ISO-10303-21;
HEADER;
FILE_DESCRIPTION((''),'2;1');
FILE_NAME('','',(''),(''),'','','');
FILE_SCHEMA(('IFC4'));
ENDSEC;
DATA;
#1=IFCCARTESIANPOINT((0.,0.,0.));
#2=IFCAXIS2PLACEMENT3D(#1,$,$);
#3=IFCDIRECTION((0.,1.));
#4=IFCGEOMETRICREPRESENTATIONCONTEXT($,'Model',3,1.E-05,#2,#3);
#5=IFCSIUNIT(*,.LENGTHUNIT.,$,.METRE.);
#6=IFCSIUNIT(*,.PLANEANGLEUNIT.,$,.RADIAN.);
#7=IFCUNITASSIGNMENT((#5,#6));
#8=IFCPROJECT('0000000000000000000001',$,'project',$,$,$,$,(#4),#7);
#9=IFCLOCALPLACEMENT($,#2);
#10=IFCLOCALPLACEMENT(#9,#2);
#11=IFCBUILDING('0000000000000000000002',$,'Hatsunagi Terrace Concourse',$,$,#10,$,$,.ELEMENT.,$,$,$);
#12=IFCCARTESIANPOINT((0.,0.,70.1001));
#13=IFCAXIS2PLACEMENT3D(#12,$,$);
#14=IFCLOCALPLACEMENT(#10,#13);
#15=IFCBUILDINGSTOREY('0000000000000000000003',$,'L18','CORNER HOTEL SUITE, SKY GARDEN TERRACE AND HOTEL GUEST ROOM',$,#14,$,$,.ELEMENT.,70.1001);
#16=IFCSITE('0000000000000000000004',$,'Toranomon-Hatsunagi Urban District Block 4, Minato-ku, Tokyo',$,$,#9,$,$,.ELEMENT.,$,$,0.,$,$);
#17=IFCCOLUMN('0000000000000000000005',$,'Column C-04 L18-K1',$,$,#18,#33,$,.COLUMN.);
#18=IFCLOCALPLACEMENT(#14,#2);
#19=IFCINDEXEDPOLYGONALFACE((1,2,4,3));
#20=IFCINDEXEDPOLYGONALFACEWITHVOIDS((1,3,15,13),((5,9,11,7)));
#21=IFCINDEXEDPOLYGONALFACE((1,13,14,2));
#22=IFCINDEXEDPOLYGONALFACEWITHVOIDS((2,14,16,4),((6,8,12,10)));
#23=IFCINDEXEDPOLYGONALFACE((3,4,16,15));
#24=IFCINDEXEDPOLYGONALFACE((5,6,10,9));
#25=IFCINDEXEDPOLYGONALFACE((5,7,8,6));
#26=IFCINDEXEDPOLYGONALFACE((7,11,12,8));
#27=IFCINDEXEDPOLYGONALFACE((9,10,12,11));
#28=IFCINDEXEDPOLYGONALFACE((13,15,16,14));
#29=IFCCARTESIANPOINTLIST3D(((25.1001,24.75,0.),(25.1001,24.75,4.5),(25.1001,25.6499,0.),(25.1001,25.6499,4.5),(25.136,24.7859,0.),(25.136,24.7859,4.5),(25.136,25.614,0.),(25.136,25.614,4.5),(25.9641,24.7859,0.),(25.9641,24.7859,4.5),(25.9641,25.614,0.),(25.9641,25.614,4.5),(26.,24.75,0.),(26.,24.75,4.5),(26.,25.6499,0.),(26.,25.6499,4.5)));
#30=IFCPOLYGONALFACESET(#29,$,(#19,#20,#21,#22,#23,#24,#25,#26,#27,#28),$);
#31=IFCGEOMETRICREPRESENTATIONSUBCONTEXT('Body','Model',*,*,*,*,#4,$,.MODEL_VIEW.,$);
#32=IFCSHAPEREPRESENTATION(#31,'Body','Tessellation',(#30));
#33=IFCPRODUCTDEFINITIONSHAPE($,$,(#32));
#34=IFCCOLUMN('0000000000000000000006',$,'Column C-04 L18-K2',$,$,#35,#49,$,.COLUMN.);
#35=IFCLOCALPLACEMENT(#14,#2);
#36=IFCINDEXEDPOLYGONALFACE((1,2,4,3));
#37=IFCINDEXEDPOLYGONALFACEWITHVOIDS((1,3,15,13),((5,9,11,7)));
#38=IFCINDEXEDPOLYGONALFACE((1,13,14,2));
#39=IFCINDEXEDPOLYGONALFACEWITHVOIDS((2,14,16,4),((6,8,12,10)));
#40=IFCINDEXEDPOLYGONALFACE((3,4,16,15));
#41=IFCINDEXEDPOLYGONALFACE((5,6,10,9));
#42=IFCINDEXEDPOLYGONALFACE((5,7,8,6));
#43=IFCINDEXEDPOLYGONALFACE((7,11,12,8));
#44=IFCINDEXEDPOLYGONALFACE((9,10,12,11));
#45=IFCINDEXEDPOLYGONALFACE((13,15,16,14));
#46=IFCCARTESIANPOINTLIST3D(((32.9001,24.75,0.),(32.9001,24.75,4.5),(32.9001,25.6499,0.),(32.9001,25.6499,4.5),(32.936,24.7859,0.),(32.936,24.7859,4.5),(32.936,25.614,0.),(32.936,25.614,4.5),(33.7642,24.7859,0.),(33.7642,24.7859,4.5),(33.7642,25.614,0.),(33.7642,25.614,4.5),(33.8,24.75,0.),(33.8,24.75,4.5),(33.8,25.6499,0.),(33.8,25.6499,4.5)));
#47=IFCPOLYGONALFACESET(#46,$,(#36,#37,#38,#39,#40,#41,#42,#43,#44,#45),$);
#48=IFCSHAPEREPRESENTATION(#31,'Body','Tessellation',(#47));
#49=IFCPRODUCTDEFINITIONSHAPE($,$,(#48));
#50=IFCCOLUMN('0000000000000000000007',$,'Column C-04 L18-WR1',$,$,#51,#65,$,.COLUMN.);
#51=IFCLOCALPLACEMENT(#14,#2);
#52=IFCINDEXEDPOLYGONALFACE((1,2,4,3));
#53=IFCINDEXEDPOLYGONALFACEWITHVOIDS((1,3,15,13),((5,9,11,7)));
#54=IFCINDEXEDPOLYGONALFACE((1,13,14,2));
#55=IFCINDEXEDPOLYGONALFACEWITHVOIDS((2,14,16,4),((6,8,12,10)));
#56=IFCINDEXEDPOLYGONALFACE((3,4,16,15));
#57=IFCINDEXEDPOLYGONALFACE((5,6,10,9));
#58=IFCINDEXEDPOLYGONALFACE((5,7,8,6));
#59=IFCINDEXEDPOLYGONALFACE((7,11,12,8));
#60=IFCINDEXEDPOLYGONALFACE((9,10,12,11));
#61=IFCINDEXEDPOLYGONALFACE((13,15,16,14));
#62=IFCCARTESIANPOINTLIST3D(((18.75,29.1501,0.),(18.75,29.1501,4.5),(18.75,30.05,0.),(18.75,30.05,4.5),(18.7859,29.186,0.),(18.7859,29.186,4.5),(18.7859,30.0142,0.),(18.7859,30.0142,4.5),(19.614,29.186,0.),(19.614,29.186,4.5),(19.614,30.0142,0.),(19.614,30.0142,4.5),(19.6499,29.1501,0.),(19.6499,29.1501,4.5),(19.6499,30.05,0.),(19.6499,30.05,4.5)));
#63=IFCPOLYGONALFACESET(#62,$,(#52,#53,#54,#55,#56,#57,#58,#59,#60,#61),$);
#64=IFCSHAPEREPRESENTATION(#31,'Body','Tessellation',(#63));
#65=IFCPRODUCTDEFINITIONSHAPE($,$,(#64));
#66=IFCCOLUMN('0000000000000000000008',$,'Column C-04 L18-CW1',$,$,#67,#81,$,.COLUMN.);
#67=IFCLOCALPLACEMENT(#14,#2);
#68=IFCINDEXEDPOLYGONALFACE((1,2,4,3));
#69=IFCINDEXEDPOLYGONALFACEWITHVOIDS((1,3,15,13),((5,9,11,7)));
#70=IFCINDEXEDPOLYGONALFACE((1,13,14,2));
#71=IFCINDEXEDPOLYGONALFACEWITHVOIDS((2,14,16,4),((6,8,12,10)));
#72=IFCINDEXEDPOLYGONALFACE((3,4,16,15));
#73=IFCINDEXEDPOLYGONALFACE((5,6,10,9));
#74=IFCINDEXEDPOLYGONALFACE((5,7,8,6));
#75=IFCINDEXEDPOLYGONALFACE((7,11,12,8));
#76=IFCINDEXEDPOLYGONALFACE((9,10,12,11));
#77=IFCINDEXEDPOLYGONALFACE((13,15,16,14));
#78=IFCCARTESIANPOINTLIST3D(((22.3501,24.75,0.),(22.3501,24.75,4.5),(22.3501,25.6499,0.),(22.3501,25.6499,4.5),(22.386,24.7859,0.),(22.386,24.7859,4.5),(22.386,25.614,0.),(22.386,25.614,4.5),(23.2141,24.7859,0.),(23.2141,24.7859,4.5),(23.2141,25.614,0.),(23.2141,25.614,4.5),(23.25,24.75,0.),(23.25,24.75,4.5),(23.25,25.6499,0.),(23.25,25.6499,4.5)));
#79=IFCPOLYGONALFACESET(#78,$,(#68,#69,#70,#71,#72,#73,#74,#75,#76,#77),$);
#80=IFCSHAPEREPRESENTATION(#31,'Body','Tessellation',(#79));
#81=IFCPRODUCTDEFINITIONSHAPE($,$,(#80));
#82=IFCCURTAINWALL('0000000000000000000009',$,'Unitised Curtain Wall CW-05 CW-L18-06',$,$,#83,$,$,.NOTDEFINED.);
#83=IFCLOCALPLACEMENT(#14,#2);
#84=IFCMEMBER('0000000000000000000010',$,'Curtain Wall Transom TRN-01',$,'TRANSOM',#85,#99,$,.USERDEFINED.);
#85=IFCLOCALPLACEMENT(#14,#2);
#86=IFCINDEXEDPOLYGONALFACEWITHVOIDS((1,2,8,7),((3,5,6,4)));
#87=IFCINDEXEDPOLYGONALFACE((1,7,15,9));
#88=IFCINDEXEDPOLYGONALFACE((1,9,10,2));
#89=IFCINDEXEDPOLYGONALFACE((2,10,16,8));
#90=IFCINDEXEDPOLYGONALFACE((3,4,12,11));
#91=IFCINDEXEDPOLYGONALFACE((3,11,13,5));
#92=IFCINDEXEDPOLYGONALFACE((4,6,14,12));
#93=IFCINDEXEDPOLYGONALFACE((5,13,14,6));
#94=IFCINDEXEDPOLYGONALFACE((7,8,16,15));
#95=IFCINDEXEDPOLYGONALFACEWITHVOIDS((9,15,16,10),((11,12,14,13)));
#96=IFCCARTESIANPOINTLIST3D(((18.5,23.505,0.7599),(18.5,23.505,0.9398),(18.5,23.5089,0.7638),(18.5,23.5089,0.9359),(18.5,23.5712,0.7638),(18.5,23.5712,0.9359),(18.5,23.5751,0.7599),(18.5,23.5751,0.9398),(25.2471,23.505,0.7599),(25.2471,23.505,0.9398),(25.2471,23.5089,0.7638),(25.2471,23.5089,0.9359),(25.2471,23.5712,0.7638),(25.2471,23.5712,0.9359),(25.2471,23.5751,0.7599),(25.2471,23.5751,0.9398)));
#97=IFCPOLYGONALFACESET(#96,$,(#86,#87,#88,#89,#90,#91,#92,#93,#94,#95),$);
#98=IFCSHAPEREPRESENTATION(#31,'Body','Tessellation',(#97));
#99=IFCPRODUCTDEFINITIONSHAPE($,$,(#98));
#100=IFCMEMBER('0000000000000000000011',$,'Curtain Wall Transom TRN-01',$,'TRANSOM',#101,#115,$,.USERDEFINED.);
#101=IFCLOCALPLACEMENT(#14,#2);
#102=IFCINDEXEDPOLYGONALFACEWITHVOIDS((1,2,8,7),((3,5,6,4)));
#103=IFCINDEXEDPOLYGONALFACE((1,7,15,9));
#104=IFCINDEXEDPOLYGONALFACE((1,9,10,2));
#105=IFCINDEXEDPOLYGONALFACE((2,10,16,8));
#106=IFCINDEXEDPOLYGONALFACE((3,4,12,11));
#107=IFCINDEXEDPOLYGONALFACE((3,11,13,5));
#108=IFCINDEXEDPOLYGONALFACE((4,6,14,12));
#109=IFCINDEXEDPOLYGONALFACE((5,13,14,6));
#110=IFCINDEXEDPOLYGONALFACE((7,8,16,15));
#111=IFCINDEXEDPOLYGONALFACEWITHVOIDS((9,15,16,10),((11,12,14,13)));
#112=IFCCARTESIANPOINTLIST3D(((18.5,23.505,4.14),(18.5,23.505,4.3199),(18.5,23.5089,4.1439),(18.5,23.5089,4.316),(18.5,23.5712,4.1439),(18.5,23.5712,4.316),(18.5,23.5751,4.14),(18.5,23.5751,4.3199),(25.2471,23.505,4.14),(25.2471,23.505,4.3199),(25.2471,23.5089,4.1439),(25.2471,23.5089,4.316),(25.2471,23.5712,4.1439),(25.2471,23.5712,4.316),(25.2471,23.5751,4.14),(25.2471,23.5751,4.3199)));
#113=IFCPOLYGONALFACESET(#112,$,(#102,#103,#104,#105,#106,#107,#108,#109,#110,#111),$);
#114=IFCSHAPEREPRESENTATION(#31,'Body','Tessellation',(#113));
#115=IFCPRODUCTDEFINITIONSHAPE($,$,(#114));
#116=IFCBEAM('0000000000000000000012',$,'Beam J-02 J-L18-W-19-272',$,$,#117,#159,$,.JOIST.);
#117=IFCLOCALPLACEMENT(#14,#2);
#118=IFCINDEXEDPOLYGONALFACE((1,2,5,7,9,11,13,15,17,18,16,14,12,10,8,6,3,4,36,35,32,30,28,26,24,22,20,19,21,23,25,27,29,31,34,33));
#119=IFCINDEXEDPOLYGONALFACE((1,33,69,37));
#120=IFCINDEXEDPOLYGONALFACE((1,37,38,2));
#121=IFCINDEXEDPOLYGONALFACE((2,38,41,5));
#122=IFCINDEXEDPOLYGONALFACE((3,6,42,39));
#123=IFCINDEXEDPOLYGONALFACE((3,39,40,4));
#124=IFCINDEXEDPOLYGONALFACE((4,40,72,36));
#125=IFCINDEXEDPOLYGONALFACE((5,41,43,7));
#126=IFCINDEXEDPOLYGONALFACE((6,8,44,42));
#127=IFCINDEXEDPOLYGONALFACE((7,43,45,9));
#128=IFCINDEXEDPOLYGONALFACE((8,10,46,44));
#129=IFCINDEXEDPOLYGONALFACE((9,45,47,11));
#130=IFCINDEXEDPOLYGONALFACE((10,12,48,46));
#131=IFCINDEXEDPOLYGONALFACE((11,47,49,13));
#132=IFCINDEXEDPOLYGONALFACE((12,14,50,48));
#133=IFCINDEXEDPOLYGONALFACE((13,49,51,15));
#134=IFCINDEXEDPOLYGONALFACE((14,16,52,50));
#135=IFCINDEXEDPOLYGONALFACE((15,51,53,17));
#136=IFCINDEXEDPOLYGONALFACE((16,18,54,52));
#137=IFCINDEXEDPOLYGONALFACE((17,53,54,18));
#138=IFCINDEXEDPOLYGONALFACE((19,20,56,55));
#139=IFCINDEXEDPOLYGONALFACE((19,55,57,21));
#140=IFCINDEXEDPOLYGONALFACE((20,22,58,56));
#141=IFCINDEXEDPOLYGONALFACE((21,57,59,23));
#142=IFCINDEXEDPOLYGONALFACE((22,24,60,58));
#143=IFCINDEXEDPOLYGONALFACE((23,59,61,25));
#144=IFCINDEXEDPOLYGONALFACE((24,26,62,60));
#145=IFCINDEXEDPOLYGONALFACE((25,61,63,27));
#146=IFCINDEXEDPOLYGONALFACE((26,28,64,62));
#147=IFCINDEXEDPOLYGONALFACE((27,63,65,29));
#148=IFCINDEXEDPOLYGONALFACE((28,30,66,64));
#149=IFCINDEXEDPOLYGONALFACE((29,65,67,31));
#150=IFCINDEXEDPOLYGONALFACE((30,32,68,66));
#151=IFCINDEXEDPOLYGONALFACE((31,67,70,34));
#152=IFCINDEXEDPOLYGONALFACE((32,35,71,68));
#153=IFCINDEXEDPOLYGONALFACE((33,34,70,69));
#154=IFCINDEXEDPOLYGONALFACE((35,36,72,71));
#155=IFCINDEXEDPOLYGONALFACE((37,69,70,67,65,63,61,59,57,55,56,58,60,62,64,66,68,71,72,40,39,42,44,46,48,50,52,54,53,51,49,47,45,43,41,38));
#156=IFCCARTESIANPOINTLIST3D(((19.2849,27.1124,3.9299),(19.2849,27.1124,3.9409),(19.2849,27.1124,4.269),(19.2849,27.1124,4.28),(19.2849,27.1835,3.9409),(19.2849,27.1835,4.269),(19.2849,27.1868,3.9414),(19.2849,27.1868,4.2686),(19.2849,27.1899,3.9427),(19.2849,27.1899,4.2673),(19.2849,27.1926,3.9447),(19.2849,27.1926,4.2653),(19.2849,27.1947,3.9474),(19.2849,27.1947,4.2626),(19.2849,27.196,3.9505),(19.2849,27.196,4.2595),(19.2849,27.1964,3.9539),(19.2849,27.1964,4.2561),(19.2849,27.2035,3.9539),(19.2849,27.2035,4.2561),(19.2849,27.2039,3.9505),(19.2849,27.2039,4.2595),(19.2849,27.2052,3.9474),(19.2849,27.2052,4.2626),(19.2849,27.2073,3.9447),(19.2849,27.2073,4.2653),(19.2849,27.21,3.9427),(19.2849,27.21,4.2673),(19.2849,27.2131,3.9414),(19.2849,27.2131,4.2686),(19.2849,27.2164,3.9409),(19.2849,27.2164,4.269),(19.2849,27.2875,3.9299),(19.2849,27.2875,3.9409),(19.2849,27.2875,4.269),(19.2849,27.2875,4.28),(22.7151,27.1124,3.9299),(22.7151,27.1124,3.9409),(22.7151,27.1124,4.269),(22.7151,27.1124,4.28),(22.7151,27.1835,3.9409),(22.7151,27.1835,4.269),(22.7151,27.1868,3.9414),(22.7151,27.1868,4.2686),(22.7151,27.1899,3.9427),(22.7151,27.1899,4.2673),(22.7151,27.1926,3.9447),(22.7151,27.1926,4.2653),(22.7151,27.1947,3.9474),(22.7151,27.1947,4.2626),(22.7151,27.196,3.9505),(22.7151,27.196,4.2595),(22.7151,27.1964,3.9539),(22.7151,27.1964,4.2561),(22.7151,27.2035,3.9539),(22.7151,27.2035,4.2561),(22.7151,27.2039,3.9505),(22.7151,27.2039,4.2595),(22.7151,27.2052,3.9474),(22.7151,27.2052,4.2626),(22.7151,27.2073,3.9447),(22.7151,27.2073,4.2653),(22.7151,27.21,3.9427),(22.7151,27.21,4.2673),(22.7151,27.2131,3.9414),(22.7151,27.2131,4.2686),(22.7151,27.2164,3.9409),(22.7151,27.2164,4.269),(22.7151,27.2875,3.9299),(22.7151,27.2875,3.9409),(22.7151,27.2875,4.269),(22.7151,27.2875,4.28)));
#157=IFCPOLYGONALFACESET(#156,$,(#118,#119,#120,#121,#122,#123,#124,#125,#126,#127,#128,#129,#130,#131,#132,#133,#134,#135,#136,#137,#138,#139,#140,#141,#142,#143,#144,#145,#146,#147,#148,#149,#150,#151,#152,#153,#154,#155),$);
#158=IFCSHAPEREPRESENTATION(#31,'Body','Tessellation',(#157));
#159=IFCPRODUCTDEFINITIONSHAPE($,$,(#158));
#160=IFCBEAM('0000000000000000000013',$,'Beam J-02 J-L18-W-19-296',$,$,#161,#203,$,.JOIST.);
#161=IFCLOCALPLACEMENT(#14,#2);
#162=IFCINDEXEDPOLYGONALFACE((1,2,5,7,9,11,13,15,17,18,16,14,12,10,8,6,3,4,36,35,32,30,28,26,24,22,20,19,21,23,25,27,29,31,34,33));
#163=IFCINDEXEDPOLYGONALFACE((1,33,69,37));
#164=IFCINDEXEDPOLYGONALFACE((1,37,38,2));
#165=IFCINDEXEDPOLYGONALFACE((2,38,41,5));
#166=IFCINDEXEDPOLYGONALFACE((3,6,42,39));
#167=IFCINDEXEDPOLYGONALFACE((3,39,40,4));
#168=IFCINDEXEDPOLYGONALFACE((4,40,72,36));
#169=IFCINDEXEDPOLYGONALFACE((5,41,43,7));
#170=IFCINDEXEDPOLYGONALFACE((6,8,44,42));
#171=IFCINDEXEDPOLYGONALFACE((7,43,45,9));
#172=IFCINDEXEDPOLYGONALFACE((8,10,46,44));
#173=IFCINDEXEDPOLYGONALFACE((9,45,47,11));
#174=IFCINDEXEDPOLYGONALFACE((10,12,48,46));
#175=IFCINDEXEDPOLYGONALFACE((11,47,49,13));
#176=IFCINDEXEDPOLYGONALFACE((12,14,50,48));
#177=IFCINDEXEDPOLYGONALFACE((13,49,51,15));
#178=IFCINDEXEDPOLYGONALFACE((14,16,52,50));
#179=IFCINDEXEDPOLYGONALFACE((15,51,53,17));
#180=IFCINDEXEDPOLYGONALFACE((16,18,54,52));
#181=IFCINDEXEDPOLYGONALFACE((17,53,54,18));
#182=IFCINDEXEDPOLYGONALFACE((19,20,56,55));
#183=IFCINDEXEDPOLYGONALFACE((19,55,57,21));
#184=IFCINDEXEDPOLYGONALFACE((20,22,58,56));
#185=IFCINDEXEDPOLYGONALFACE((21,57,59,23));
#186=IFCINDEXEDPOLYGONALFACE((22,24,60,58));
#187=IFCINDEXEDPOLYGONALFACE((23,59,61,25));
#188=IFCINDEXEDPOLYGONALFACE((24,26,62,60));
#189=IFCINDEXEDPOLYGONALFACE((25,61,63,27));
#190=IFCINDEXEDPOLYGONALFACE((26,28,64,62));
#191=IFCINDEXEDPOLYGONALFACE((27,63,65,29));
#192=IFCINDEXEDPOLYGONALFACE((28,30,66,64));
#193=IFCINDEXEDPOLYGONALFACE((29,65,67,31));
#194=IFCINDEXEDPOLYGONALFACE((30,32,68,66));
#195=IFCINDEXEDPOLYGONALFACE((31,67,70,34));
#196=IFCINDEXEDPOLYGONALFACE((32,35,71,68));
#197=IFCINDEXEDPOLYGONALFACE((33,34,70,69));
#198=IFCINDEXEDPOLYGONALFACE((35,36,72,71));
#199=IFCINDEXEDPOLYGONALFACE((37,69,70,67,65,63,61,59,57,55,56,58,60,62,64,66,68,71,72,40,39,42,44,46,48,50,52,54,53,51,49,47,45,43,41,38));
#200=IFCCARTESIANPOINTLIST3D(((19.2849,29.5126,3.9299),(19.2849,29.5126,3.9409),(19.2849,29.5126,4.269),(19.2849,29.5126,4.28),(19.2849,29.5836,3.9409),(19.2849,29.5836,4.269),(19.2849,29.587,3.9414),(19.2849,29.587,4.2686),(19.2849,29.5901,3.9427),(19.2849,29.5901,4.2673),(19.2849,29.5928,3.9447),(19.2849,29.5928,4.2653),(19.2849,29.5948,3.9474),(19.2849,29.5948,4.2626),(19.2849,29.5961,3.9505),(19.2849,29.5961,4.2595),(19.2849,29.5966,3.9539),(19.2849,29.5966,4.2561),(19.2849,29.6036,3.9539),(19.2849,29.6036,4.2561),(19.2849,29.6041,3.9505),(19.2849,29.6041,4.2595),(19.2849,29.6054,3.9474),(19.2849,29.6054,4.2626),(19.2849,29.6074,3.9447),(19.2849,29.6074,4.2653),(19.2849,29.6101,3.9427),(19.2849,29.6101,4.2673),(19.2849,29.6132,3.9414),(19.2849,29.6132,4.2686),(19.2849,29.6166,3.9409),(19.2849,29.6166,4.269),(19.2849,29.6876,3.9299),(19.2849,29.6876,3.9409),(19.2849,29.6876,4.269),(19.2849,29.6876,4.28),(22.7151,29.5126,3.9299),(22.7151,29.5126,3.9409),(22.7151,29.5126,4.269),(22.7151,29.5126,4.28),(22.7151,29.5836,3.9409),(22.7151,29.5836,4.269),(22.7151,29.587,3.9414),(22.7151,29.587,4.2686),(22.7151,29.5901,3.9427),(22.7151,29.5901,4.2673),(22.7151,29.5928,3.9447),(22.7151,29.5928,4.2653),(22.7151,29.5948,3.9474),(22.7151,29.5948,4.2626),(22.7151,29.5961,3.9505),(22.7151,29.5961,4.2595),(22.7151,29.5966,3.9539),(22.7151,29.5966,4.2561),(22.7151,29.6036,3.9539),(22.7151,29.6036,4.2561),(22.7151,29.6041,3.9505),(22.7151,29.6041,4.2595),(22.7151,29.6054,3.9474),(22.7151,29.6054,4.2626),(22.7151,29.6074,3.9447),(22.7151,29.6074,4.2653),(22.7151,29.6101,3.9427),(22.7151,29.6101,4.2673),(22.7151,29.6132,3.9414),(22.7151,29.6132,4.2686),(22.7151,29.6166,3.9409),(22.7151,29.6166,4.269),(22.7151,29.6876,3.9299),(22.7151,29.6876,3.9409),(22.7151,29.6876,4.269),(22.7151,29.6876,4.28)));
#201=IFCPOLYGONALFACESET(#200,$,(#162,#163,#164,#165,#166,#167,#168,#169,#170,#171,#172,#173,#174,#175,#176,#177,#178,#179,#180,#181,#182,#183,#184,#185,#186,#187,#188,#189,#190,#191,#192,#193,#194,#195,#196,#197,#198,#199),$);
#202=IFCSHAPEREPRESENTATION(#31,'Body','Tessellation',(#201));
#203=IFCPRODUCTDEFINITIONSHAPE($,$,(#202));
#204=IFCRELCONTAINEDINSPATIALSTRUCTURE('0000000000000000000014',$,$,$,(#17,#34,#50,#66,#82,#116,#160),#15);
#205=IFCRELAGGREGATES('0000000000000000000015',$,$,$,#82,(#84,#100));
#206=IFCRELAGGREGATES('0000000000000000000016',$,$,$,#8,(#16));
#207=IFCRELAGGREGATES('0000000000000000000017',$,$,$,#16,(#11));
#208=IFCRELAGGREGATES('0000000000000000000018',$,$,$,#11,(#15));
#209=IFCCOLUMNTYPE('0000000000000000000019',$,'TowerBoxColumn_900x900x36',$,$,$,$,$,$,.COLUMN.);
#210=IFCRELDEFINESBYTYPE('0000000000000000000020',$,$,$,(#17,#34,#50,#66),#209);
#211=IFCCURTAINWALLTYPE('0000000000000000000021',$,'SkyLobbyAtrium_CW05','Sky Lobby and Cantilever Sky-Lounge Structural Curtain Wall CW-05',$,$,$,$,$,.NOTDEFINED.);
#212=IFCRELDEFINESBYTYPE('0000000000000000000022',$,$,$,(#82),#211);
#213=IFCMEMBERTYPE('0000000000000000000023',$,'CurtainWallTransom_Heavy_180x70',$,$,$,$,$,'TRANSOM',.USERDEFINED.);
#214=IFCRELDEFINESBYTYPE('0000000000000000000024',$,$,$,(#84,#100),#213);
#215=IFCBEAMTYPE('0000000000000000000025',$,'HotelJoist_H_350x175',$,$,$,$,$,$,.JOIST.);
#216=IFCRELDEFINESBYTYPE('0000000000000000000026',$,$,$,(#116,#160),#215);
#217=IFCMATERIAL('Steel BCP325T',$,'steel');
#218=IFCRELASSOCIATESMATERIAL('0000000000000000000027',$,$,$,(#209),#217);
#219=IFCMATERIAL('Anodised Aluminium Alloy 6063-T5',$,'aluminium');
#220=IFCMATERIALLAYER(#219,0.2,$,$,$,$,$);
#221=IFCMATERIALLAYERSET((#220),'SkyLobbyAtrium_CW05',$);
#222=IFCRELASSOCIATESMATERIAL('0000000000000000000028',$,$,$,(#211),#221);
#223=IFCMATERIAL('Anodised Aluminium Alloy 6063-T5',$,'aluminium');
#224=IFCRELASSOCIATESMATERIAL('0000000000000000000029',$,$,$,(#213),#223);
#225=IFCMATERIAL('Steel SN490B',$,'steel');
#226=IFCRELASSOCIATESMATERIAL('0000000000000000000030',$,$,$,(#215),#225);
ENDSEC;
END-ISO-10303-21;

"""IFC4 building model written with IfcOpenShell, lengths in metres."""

from ifc_helpers import new_model, si_unit, direction, frame, origin, origin_2d, place, context, subcontext, project, spatial, hollow_rectangle, i_section, extrude, material, layer, layer_set, material_profile, profile_set, type_object, element, aggregate, save


model = new_model("IFC4")

# Units and contexts
model_context = context("Model", 3, precision=1e-05, world=origin(), true_north=direction((0.0, 1.0)))
body_context = subcontext(model_context, "Body", "Model", "MODEL_VIEW")
ifc_project = project(units=[si_unit("LENGTHUNIT", "METRE"), si_unit("PLANEANGLEUNIT", "RADIAN")], contexts=[model_context])

# Site, building, storey
site_placement = place(None, origin())
site = spatial("IfcSite", under=ifc_project, at=site_placement, Name="Toranomon-Hatsunagi Urban District Block 4, Minato-ku, Tokyo", CompositionType="ELEMENT", RefElevation=0.0)
building_placement = place(site_placement, origin())
building = spatial("IfcBuilding", under=site, at=building_placement, Name="Hatsunagi Terrace Concourse", CompositionType="ELEMENT")
storey_placement = place(building_placement, frame((0.0, 0.0, 70.1001)))
storey = spatial("IfcBuildingStorey", under=building, at=storey_placement, Name="L18", Description="CORNER HOTEL SUITE, SKY GARDEN TERRACE AND HOTEL GUEST ROOM", CompositionType="ELEMENT", Elevation=70.1001)

# Columns
ifc_material_1 = material(Name="Steel BCP325T", Category="steel")
ifc_material_profile_1 = material_profile(ifc_material_1, hollow_rectangle(XDim=0.8999, YDim=0.8999, WallThickness=0.0359, at=origin_2d()), Name="BCP-900x900x36")
ifc_profile_set_1 = profile_set([ifc_material_profile_1], Name="Steel BCP325T")
column_type = type_object("IfcColumnType", Name="TowerBoxColumn_900x900x36", PredefinedType="COLUMN", material=ifc_profile_set_1)
for number, where, z_axis, x_axis, name in (
    (1, (25.55, 25.2, 0.0), (0.0, 0.0, 1.0), (1.0, 0.0, 0.0), "Column C-04 L18-K1"),
    (2, (33.3501, 25.2, 0.0), (0.0, 0.0, 1.0), (1.0, 0.0, 0.0), "Column C-04 L18-K2"),
    (3, (19.2, 29.6001, 0.0), (0.0, 0.0, 1.0), (1.0, 0.0, 0.0), "Column C-04 L18-WR1"),
    (4, (22.8, 25.2, 0.0), (0.0, 0.0, 1.0), (1.0, 0.0, 0.0), "Column C-04 L18-CW1"),
):
    element("IfcColumn", number, at=place(storey_placement, frame(where, z_axis=z_axis, x_axis=x_axis)), inside=storey, type_object=column_type, Name=name, PredefinedType="COLUMN", context=body_context, shape_type="SweptSolid", body=[
        extrude(hollow_rectangle(XDim=0.8999, YDim=0.8999, WallThickness=0.0359, at=origin_2d()), origin(), (0.0, 0.0, 1.0), 4.5),
    ])

# Curtain wall, members
ifc_material_2 = material(Name="Anodised Aluminium Alloy 6063-T5", Category="aluminium")
ifc_layer_1 = layer(ifc_material_2, 0.2)
ifc_layer_set_1 = layer_set([ifc_layer_1], Name="SkyLobbyAtrium_CW05")
curtain_wall_type = type_object("IfcCurtainWallType", Name="SkyLobbyAtrium_CW05", Description="Sky Lobby and Cantilever Sky-Lounge Structural Curtain Wall CW-05", PredefinedType="NOTDEFINED", material=ifc_layer_set_1)
curtain_wall_placement = place(storey_placement, origin())
curtain_wall = element("IfcCurtainWall", 5, at=curtain_wall_placement, inside=storey, type_object=curtain_wall_type, Name="Unitised Curtain Wall CW-05 CW-L18-06", PredefinedType="NOTDEFINED")
ifc_material_3 = material(Name="Anodised Aluminium Alloy 6063-T5", Category="aluminium")
ifc_material_profile_2 = material_profile(ifc_material_3, hollow_rectangle(XDim=0.0701, YDim=0.1799, WallThickness=0.0039, at=origin_2d()), Name="ALU-TRN-180x70x4")
ifc_profile_set_2 = profile_set([ifc_material_profile_2], Name="Anodised Aluminium Alloy 6063-T5")
member_type = type_object("IfcMemberType", Name="CurtainWallTransom_Heavy_180x70", ElementType="TRANSOM", PredefinedType="USERDEFINED", material=ifc_profile_set_2)
member_1_placement = place(storey_placement, frame((25.2471, 23.54, 0.8499), z_axis=(-1.0, 0.0, 0.0), x_axis=(0.0, -1.0, 0.0)))
member_1 = element("IfcMember", 6, at=member_1_placement, type_object=member_type, Name="Curtain Wall Transom TRN-01", ObjectType="TRANSOM", PredefinedType="USERDEFINED", context=body_context, shape_type="SweptSolid", body=[
    extrude(hollow_rectangle(XDim=0.0701, YDim=0.1799, WallThickness=0.0039, at=origin_2d()), origin(), (0.0, 0.0, 1.0), 6.7471),
])
member_2_placement = place(storey_placement, frame((25.2471, 23.54, 4.23), z_axis=(-1.0, 0.0, 0.0), x_axis=(0.0, -1.0, 0.0)))
member_2 = element("IfcMember", 7, at=member_2_placement, type_object=member_type, Name="Curtain Wall Transom TRN-01", ObjectType="TRANSOM", PredefinedType="USERDEFINED", context=body_context, shape_type="SweptSolid", body=[
    extrude(hollow_rectangle(XDim=0.0701, YDim=0.1799, WallThickness=0.0039, at=origin_2d()), origin(), (0.0, 0.0, 1.0), 6.7471),
])
aggregate(curtain_wall, [member_1, member_2])

# Beams
ifc_material_4 = material(Name="Steel SN490B", Category="steel")
ifc_material_profile_3 = material_profile(ifc_material_4, i_section(OverallWidth=0.175, OverallDepth=0.3501, WebThickness=0.0071, FlangeThickness=0.011, FilletRadius=0.0129, at=origin_2d()), Name="H-350x175x7x11")
ifc_profile_set_3 = profile_set([ifc_material_profile_3], Name="Steel SN490B")
beam_type_1 = type_object("IfcBeamType", Name="HotelJoist_H_350x175", PredefinedType="JOIST", material=ifc_profile_set_3)
for number, where, z_axis, x_axis, name in (
    (8, (19.2849, 27.2, 4.105), (1.0, 0.0, 0.0), (0.0, 1.0, 0.0), "Beam J-02 J-L18-W-19-272"),
    (9, (19.2849, 29.6001, 4.105), (1.0, 0.0, 0.0), (0.0, 1.0, 0.0), "Beam J-02 J-L18-W-19-296"),
):
    element("IfcBeam", number, at=place(storey_placement, frame(where, z_axis=z_axis, x_axis=x_axis)), inside=storey, type_object=beam_type_1, Name=name, PredefinedType="JOIST", context=body_context, shape_type="SweptSolid", body=[
        extrude(i_section(OverallWidth=0.175, OverallDepth=0.3501, WebThickness=0.0071, FlangeThickness=0.011, FilletRadius=0.0129, at=origin_2d()), origin(), (0.0, 0.0, 1.0), 3.4302),
    ])

save(model, "model.ifc")
